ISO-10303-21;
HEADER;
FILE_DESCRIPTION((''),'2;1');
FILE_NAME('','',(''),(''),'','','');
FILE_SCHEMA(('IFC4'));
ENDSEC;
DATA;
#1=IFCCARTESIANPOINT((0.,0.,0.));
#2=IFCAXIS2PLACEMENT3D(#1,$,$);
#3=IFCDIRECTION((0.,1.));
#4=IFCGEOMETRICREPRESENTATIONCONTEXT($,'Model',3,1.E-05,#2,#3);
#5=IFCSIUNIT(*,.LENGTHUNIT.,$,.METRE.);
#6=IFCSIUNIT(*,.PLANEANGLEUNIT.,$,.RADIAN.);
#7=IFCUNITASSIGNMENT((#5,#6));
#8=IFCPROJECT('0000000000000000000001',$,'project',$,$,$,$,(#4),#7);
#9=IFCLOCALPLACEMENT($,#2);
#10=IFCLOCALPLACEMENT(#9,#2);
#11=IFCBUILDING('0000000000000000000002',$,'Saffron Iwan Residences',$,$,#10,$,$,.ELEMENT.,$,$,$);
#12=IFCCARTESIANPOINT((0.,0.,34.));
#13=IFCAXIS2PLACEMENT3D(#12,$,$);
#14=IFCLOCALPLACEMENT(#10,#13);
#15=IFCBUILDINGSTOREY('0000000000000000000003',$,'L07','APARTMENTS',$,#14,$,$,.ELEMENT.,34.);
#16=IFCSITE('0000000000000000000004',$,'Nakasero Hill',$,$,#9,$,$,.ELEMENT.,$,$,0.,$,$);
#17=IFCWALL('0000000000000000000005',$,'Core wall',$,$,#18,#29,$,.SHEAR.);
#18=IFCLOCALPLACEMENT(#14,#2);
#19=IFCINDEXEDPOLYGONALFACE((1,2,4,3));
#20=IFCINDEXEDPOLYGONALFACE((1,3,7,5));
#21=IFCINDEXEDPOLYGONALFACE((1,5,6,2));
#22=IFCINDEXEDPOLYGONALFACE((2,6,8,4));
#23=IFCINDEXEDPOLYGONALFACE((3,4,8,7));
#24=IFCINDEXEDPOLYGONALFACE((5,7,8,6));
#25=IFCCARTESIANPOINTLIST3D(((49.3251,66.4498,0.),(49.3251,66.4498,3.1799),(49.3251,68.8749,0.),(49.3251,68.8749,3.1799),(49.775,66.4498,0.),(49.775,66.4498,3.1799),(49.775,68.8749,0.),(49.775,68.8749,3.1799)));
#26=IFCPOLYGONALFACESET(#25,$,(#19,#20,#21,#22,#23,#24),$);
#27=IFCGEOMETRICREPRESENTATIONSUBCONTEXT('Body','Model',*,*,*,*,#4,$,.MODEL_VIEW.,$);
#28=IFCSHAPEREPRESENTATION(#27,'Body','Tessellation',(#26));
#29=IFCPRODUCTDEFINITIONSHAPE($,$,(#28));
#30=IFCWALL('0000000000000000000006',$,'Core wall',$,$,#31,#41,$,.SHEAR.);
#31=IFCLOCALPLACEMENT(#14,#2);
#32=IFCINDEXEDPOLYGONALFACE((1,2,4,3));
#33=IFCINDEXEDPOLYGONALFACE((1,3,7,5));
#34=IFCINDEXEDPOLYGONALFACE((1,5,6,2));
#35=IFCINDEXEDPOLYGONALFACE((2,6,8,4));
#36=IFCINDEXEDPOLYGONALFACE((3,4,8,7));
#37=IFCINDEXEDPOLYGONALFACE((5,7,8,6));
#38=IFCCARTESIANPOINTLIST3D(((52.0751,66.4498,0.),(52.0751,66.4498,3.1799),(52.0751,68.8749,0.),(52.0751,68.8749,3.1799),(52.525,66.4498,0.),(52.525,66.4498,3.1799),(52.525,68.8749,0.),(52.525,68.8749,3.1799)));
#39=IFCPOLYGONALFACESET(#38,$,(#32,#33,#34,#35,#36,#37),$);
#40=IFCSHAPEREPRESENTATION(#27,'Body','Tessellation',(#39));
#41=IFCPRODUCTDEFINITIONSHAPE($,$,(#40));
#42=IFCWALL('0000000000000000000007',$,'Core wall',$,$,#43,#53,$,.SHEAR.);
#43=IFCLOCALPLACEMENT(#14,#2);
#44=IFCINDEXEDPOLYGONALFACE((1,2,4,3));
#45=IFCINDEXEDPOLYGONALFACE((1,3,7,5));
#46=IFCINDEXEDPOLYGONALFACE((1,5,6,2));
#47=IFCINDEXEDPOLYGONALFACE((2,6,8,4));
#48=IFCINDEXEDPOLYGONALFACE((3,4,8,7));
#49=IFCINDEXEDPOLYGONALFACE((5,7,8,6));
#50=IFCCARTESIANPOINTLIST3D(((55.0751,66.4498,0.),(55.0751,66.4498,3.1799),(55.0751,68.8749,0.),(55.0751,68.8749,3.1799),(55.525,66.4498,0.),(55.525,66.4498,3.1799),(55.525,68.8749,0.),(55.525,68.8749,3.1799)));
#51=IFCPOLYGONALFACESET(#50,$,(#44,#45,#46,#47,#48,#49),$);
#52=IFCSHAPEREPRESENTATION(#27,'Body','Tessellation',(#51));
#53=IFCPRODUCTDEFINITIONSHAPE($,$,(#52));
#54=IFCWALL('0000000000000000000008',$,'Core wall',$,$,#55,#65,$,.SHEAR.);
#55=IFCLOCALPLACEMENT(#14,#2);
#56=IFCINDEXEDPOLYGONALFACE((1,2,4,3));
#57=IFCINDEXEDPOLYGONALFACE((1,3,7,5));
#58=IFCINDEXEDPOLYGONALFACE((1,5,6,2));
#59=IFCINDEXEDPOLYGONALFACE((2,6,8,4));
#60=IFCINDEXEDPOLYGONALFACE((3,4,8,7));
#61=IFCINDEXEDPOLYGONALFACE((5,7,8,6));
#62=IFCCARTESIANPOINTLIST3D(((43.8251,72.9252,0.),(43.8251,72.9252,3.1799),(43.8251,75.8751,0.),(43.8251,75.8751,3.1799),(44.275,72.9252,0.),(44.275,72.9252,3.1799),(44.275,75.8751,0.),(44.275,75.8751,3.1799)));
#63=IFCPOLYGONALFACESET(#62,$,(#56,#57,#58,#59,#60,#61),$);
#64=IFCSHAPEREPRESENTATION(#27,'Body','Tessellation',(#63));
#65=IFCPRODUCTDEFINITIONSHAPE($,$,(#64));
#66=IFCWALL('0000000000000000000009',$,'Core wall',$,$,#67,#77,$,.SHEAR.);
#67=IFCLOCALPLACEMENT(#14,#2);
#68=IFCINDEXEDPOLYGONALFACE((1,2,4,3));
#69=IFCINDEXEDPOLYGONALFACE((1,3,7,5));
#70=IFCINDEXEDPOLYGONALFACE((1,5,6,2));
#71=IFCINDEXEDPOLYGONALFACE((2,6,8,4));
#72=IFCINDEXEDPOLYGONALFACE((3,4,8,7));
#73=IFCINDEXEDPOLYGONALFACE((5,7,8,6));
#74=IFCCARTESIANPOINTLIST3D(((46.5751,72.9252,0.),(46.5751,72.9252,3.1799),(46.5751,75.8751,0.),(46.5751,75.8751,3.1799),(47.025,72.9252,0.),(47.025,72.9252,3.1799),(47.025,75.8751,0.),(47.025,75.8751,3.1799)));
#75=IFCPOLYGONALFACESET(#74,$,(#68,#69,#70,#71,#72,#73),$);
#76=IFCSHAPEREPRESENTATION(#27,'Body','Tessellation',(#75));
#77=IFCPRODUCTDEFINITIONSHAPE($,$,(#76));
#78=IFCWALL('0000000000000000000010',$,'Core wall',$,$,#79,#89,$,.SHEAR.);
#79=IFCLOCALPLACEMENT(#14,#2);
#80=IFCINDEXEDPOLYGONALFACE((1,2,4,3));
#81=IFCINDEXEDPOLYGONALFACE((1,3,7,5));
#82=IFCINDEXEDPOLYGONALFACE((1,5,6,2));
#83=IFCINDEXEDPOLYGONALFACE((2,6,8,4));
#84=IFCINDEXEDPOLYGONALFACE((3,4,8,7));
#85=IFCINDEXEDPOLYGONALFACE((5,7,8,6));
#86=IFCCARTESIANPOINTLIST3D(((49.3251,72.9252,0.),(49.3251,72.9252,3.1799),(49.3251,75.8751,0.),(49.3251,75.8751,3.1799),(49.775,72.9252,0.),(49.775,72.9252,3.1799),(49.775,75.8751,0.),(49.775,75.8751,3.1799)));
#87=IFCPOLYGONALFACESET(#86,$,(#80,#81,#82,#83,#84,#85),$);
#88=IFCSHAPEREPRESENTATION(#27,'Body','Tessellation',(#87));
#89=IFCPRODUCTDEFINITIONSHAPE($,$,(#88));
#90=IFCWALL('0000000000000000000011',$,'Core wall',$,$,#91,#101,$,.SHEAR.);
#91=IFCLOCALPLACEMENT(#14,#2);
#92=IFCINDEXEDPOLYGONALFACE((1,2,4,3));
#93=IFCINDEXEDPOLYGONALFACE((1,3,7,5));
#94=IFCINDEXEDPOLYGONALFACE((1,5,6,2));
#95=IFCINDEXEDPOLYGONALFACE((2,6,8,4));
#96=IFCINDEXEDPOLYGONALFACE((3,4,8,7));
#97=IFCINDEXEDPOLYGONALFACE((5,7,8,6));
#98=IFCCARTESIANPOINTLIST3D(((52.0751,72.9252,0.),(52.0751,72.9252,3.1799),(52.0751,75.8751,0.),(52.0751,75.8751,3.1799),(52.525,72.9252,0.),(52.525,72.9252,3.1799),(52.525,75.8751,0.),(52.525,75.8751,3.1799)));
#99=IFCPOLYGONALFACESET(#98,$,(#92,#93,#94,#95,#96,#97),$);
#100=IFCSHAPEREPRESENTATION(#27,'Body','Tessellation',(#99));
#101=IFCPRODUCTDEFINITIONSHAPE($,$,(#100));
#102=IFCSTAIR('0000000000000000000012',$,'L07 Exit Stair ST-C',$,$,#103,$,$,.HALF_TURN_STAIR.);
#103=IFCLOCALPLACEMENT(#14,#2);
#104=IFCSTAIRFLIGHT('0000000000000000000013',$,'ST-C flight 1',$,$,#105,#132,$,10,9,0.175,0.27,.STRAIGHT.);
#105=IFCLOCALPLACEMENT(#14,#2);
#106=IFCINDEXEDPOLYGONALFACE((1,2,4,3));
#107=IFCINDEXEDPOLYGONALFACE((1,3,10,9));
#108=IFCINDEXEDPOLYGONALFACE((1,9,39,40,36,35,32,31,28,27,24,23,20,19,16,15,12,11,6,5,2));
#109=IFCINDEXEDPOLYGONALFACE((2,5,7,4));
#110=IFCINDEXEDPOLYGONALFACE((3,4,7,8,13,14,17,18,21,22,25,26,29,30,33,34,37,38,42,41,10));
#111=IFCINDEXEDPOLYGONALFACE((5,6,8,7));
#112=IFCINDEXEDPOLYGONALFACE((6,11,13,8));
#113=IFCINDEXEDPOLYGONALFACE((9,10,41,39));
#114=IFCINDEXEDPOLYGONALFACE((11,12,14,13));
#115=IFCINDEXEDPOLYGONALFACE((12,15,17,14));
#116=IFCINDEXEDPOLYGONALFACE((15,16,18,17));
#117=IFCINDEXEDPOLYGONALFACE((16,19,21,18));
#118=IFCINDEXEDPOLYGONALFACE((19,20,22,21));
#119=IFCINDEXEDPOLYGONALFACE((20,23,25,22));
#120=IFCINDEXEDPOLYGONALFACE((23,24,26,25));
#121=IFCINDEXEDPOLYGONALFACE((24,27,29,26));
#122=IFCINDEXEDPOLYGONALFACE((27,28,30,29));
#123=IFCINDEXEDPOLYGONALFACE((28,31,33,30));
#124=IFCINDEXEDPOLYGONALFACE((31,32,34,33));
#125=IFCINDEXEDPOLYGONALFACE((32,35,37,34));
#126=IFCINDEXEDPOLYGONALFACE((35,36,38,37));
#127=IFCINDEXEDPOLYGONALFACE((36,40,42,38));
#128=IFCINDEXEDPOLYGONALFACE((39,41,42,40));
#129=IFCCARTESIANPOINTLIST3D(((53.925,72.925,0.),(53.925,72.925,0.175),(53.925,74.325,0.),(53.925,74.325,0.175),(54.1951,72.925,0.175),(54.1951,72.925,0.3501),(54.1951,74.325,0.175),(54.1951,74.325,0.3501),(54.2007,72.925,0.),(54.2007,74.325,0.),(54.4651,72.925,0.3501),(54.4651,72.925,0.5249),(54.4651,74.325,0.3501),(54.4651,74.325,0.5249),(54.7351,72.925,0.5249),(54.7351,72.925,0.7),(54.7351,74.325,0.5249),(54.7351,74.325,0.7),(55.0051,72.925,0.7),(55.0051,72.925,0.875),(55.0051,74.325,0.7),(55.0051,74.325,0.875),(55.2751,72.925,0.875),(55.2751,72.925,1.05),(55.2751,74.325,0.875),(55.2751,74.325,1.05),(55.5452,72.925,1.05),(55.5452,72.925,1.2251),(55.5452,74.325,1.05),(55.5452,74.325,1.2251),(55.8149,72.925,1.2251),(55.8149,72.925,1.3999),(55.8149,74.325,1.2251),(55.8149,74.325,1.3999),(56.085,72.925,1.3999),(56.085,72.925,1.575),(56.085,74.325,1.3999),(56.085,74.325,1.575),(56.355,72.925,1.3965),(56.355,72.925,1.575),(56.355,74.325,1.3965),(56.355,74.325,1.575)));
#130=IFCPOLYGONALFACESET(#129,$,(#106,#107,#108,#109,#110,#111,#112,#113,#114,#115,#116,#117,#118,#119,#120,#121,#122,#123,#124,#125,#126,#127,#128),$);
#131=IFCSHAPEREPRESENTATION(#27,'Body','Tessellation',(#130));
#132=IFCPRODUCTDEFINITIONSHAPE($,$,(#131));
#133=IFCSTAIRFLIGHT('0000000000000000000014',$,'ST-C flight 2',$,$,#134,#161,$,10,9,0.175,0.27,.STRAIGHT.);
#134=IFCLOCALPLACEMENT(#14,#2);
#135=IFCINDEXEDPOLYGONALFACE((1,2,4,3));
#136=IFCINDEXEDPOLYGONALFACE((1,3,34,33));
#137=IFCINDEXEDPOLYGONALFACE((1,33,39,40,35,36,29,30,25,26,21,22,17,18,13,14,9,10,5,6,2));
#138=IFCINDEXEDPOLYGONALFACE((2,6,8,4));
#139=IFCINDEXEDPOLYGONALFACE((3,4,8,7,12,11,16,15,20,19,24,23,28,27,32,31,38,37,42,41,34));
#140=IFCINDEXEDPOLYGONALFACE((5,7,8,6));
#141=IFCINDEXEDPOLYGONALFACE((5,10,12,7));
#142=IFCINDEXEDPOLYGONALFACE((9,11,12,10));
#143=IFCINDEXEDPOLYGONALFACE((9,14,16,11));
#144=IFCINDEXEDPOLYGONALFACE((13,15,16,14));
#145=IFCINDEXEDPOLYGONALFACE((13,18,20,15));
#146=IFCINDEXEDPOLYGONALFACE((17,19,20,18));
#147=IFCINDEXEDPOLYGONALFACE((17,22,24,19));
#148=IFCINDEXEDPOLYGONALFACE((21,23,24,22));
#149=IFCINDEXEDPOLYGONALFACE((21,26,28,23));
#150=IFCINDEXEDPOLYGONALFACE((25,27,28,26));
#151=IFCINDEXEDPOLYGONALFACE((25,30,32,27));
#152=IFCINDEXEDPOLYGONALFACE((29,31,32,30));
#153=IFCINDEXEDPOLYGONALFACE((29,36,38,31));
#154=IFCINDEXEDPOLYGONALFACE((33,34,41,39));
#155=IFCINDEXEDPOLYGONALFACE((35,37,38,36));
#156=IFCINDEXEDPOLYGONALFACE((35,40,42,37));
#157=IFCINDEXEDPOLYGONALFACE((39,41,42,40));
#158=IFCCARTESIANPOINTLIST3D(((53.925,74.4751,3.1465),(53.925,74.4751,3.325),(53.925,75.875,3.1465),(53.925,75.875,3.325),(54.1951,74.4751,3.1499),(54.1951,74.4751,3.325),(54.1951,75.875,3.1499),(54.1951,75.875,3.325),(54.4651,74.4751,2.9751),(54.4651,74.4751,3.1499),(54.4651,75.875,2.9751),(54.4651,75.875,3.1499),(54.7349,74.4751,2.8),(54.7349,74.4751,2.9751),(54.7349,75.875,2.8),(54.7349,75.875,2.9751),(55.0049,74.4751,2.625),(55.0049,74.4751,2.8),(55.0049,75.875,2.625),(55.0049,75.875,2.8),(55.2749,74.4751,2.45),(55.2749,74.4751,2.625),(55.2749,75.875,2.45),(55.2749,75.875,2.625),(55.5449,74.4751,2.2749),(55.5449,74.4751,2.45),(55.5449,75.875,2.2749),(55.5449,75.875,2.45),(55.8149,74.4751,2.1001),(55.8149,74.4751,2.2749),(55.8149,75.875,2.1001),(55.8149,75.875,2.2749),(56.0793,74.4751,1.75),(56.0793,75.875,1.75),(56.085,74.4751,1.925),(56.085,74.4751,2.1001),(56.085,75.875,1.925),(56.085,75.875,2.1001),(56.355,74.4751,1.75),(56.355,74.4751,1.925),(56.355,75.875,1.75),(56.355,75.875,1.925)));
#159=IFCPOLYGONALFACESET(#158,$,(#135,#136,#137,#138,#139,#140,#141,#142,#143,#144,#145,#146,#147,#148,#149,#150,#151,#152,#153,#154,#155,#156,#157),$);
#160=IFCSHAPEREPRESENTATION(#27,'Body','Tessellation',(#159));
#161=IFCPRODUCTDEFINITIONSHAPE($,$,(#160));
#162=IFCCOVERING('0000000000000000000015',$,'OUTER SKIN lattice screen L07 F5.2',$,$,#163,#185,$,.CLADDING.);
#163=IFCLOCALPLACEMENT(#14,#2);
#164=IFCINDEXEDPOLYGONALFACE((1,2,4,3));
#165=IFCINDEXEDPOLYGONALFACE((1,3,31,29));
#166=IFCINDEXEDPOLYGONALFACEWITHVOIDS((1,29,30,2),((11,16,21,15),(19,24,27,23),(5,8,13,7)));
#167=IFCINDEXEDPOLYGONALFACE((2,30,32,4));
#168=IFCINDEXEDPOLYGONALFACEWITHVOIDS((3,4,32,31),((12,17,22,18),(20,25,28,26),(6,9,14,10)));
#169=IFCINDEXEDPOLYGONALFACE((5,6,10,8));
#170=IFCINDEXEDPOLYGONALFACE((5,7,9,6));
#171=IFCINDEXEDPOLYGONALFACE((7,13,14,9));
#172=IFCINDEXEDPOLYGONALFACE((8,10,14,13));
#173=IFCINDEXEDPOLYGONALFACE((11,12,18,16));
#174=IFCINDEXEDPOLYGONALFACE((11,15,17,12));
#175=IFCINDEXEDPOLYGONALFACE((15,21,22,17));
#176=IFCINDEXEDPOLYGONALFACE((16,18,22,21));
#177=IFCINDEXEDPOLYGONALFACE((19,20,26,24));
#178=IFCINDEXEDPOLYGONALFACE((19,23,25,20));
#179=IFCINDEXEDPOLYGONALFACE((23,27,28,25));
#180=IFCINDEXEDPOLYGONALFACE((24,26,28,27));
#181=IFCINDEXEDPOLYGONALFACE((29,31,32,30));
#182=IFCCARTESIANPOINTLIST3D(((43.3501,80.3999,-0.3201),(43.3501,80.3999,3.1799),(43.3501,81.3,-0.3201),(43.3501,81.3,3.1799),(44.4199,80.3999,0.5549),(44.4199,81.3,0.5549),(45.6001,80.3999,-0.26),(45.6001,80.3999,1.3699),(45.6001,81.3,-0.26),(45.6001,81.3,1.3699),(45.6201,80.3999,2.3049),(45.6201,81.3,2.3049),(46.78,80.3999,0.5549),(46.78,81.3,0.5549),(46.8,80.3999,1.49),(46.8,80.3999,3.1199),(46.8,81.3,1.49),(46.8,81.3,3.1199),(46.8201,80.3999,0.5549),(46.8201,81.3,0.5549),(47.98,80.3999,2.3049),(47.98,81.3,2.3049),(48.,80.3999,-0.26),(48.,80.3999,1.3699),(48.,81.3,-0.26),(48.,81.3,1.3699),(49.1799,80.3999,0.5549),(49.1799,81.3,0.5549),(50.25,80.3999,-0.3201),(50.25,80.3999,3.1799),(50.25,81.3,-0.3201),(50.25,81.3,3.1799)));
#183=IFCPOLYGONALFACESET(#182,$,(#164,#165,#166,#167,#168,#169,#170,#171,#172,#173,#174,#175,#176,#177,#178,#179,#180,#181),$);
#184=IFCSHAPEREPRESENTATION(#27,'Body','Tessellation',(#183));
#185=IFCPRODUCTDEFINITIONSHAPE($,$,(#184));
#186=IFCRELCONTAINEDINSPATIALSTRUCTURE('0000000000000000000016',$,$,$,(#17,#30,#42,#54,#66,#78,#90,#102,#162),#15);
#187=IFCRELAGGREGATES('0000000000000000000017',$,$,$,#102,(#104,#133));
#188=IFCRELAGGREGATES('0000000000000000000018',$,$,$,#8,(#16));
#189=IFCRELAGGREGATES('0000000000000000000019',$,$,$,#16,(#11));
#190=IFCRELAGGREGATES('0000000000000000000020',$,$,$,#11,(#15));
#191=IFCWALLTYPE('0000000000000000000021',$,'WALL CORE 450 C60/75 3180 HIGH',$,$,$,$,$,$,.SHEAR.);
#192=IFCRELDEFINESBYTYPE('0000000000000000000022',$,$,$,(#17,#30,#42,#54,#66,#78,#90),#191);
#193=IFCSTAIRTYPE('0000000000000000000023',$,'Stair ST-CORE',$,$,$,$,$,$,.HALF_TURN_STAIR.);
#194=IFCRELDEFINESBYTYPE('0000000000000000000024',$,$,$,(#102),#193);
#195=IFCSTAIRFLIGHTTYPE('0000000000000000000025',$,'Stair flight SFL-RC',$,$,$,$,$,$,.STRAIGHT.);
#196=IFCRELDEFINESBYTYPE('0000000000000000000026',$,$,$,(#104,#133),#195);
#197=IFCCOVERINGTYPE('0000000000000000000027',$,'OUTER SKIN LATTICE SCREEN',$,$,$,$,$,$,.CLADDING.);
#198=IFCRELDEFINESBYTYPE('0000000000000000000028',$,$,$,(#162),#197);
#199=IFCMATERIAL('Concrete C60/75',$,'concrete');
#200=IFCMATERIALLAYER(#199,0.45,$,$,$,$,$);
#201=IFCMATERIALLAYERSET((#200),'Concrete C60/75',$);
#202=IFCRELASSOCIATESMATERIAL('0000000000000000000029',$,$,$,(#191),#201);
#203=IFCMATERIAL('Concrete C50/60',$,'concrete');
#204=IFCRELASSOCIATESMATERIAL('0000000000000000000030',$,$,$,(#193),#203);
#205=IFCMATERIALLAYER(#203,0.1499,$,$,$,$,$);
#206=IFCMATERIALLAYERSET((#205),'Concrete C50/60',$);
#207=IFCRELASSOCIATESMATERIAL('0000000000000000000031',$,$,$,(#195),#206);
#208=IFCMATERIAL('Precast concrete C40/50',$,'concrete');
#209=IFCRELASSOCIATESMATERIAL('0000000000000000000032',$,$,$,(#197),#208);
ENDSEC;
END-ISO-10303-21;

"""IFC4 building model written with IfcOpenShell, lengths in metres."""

from ifc_helpers import new_model, si_unit, direction, frame, frame_2d, origin, place, context, subcontext, project, spatial, polyline, rectangle, outline, extrude, material, layer, layer_set, type_object, element, aggregate, save


model = new_model("IFC4")

# Units and contexts
model_context = context("Model", 3, precision=1e-05, world=origin(), true_north=direction((0.0, 1.0)))
body_context = subcontext(model_context, "Body", "Model", "MODEL_VIEW")
ifc_project = project(units=[si_unit("LENGTHUNIT", "METRE"), si_unit("PLANEANGLEUNIT", "RADIAN")], contexts=[model_context])

# Site, building, storey
site_placement = place(None, origin())
site = spatial("IfcSite", under=ifc_project, at=site_placement, Name="Nakasero Hill", CompositionType="ELEMENT", RefElevation=0.0)
building_placement = place(site_placement, origin())
building = spatial("IfcBuilding", under=site, at=building_placement, Name="Saffron Iwan Residences", CompositionType="ELEMENT")
storey_placement = place(building_placement, frame((0.0, 0.0, 34.0)))
storey = spatial("IfcBuildingStorey", under=building, at=storey_placement, Name="L07", Description="APARTMENTS", CompositionType="ELEMENT", Elevation=34.0)

# Shared definitions
ifc_material_1 = material(Name="Concrete C60/75", Category="concrete")

# Walls
ifc_layer_1 = layer(ifc_material_1, 0.45)
ifc_layer_set_1 = layer_set([ifc_layer_1], Name="Concrete C60/75")
wall_type_1 = type_object("IfcWallType", Name="WALL CORE 450 C60/75 3180 HIGH", PredefinedType="SHEAR", material=ifc_layer_set_1)
for number, where, z_axis, x_axis, name in (
    (1, (49.55, 66.45, 0.0), (0.0, 0.0, 1.0), (0.0, 1.0, 0.0), "Core wall"),
    (2, (52.3, 66.45, 0.0), (0.0, 0.0, 1.0), (0.0, 1.0, 0.0), "Core wall"),
    (3, (55.3, 66.45, 0.0), (0.0, 0.0, 1.0), (0.0, 1.0, 0.0), "Core wall"),
):
    element("IfcWall", number, at=place(storey_placement, frame(where, z_axis=z_axis, x_axis=x_axis)), inside=storey, type_object=wall_type_1, Name=name, PredefinedType="SHEAR", context=body_context, shape_type="SweptSolid", body=[
        extrude(rectangle(XDim=2.425, YDim=0.45, at=frame_2d((1.2124, 0.0))), origin(), (0.0, 0.0, 1.0), 3.1799),
    ])
for number, where, z_axis, x_axis, name in (
    (4, (44.05, 72.925, 0.0), (0.0, 0.0, 1.0), (0.0, 1.0, 0.0), "Core wall"),
    (5, (46.8, 72.925, 0.0), (0.0, 0.0, 1.0), (0.0, 1.0, 0.0), "Core wall"),
    (6, (49.55, 72.925, 0.0), (0.0, 0.0, 1.0), (0.0, 1.0, 0.0), "Core wall"),
    (7, (52.3, 72.925, 0.0), (0.0, 0.0, 1.0), (0.0, 1.0, 0.0), "Core wall"),
):
    element("IfcWall", number, at=place(storey_placement, frame(where, z_axis=z_axis, x_axis=x_axis)), inside=storey, type_object=wall_type_1, Name=name, PredefinedType="SHEAR", context=body_context, shape_type="SweptSolid", body=[
        extrude(rectangle(XDim=2.95, YDim=0.45, at=frame_2d((1.4751, 0.0))), origin(), (0.0, 0.0, 1.0), 3.1799),
    ])

# Stair, stair flights
ifc_material_2 = material(Name="Concrete C50/60", Category="concrete")
stair_type = type_object("IfcStairType", Name="Stair ST-CORE", PredefinedType="HALF_TURN_STAIR", material=ifc_material_2)
stair_placement = place(storey_placement, origin())
stair = element("IfcStair", 8, at=stair_placement, inside=storey, type_object=stair_type, Name="L07 Exit Stair ST-C", PredefinedType="HALF_TURN_STAIR")
ifc_layer_2 = layer(ifc_material_2, 0.1499)
ifc_layer_set_2 = layer_set([ifc_layer_2], Name="Concrete C50/60")
stair_flight_type = type_object("IfcStairFlightType", Name="Stair flight SFL-RC", PredefinedType="STRAIGHT", material=ifc_layer_set_2)
stair_flight_1_placement = place(storey_placement, frame((53.925, 73.625, 0.0), z_axis=(0.0, 0.0, 1.0), x_axis=(1.0, 0.0, 0.0)))
stair_flight_1 = element("IfcStairFlight", 9, at=stair_flight_1_placement, type_object=stair_flight_type, Name="ST-C flight 1", NumberOfRisers=10, NumberOfTreads=9, PredefinedType="STRAIGHT", RiserHeight=0.175, TreadLength=0.27, context=body_context, shape_type="SweptSolid", body=[
    extrude(outline(polyline([(0.0, 0.0), (0.0, 0.175), (0.27, 0.175), (0.27, 0.3501), (0.54, 0.3501), (0.54, 0.5249), (0.8101, 0.5249), (0.8101, 0.7), (1.0801, 0.7), (1.0801, 0.875), (1.3501, 0.875), (1.3501, 1.05), (1.6201, 1.05), (1.6201, 1.2251), (1.8899, 1.2251), (1.8899, 1.3999), (2.1599, 1.3999), (2.1599, 1.575), (2.4299, 1.575), (2.4299, 1.75), (2.4299, 1.3965), (0.2756, 0.0), (0.0, 0.0)])), frame((0.0, 0.7, 0.0), z_axis=(0.0, -1.0, 0.0), x_axis=(1.0, 0.0, 0.0)), (0.0, 0.0, 1.0), 1.3999),
])
stair_flight_2_placement = place(storey_placement, frame((56.355, 75.175, 1.75), z_axis=(0.0, 0.0, 1.0), x_axis=(-1.0, 0.0, 0.0)))
stair_flight_2 = element("IfcStairFlight", 10, at=stair_flight_2_placement, type_object=stair_flight_type, Name="ST-C flight 2", NumberOfRisers=10, NumberOfTreads=9, PredefinedType="STRAIGHT", RiserHeight=0.175, TreadLength=0.27, context=body_context, shape_type="SweptSolid", body=[
    extrude(outline(polyline([(0.0, 0.0), (0.0, 0.175), (0.27, 0.175), (0.27, 0.3501), (0.54, 0.3501), (0.54, 0.5249), (0.8101, 0.5249), (0.8101, 0.7), (1.0801, 0.7), (1.0801, 0.875), (1.3501, 0.875), (1.3501, 1.05), (1.6201, 1.05), (1.6201, 1.2251), (1.8899, 1.2251), (1.8899, 1.3999), (2.1599, 1.3999), (2.1599, 1.575), (2.4299, 1.575), (2.4299, 1.75), (2.4299, 1.3965), (0.2756, 0.0), (0.0, 0.0)])), frame((0.0, 0.7, 0.0), z_axis=(0.0, -1.0, 0.0), x_axis=(1.0, 0.0, 0.0)), (0.0, 0.0, 1.0), 1.3999),
])
aggregate(stair, [stair_flight_1, stair_flight_2])

# Covering
ifc_material_3 = material(Name="Precast concrete C40/50", Category="concrete")
covering_type_1 = type_object("IfcCoveringType", Name="OUTER SKIN LATTICE SCREEN", PredefinedType="CLADDING", material=ifc_material_3)
covering_1_placement = place(storey_placement, frame((50.25, 80.3999, -0.3201), z_axis=(0.0, 1.0, 0.0), x_axis=(-1.0, 0.0, 0.0)))
element("IfcCovering", 11, at=covering_1_placement, inside=storey, type_object=covering_type_1, Name="OUTER SKIN lattice screen L07 F5.2", PredefinedType="CLADDING", context=body_context, shape_type="SweptSolid", body=[
    extrude(outline(polyline([(0.0, 0.0), (6.8999, 0.0), (6.8999, 3.5), (0.0, 3.5), (0.0, 0.0)]), holes=[polyline([(1.0701, 0.875), (2.25, 0.0601), (3.4299, 0.875), (2.25, 1.6899), (1.0701, 0.875)]), polyline([(3.47, 0.875), (4.6499, 0.0601), (5.8301, 0.875), (4.6499, 1.6899), (3.47, 0.875)]), polyline([(2.27, 2.625), (3.45, 1.8101), (4.6299, 2.625), (3.45, 3.4399), (2.27, 2.625)])]), origin(), (0.0, 0.0, 1.0), 0.9001),
])

save(model, "model.ifc")
